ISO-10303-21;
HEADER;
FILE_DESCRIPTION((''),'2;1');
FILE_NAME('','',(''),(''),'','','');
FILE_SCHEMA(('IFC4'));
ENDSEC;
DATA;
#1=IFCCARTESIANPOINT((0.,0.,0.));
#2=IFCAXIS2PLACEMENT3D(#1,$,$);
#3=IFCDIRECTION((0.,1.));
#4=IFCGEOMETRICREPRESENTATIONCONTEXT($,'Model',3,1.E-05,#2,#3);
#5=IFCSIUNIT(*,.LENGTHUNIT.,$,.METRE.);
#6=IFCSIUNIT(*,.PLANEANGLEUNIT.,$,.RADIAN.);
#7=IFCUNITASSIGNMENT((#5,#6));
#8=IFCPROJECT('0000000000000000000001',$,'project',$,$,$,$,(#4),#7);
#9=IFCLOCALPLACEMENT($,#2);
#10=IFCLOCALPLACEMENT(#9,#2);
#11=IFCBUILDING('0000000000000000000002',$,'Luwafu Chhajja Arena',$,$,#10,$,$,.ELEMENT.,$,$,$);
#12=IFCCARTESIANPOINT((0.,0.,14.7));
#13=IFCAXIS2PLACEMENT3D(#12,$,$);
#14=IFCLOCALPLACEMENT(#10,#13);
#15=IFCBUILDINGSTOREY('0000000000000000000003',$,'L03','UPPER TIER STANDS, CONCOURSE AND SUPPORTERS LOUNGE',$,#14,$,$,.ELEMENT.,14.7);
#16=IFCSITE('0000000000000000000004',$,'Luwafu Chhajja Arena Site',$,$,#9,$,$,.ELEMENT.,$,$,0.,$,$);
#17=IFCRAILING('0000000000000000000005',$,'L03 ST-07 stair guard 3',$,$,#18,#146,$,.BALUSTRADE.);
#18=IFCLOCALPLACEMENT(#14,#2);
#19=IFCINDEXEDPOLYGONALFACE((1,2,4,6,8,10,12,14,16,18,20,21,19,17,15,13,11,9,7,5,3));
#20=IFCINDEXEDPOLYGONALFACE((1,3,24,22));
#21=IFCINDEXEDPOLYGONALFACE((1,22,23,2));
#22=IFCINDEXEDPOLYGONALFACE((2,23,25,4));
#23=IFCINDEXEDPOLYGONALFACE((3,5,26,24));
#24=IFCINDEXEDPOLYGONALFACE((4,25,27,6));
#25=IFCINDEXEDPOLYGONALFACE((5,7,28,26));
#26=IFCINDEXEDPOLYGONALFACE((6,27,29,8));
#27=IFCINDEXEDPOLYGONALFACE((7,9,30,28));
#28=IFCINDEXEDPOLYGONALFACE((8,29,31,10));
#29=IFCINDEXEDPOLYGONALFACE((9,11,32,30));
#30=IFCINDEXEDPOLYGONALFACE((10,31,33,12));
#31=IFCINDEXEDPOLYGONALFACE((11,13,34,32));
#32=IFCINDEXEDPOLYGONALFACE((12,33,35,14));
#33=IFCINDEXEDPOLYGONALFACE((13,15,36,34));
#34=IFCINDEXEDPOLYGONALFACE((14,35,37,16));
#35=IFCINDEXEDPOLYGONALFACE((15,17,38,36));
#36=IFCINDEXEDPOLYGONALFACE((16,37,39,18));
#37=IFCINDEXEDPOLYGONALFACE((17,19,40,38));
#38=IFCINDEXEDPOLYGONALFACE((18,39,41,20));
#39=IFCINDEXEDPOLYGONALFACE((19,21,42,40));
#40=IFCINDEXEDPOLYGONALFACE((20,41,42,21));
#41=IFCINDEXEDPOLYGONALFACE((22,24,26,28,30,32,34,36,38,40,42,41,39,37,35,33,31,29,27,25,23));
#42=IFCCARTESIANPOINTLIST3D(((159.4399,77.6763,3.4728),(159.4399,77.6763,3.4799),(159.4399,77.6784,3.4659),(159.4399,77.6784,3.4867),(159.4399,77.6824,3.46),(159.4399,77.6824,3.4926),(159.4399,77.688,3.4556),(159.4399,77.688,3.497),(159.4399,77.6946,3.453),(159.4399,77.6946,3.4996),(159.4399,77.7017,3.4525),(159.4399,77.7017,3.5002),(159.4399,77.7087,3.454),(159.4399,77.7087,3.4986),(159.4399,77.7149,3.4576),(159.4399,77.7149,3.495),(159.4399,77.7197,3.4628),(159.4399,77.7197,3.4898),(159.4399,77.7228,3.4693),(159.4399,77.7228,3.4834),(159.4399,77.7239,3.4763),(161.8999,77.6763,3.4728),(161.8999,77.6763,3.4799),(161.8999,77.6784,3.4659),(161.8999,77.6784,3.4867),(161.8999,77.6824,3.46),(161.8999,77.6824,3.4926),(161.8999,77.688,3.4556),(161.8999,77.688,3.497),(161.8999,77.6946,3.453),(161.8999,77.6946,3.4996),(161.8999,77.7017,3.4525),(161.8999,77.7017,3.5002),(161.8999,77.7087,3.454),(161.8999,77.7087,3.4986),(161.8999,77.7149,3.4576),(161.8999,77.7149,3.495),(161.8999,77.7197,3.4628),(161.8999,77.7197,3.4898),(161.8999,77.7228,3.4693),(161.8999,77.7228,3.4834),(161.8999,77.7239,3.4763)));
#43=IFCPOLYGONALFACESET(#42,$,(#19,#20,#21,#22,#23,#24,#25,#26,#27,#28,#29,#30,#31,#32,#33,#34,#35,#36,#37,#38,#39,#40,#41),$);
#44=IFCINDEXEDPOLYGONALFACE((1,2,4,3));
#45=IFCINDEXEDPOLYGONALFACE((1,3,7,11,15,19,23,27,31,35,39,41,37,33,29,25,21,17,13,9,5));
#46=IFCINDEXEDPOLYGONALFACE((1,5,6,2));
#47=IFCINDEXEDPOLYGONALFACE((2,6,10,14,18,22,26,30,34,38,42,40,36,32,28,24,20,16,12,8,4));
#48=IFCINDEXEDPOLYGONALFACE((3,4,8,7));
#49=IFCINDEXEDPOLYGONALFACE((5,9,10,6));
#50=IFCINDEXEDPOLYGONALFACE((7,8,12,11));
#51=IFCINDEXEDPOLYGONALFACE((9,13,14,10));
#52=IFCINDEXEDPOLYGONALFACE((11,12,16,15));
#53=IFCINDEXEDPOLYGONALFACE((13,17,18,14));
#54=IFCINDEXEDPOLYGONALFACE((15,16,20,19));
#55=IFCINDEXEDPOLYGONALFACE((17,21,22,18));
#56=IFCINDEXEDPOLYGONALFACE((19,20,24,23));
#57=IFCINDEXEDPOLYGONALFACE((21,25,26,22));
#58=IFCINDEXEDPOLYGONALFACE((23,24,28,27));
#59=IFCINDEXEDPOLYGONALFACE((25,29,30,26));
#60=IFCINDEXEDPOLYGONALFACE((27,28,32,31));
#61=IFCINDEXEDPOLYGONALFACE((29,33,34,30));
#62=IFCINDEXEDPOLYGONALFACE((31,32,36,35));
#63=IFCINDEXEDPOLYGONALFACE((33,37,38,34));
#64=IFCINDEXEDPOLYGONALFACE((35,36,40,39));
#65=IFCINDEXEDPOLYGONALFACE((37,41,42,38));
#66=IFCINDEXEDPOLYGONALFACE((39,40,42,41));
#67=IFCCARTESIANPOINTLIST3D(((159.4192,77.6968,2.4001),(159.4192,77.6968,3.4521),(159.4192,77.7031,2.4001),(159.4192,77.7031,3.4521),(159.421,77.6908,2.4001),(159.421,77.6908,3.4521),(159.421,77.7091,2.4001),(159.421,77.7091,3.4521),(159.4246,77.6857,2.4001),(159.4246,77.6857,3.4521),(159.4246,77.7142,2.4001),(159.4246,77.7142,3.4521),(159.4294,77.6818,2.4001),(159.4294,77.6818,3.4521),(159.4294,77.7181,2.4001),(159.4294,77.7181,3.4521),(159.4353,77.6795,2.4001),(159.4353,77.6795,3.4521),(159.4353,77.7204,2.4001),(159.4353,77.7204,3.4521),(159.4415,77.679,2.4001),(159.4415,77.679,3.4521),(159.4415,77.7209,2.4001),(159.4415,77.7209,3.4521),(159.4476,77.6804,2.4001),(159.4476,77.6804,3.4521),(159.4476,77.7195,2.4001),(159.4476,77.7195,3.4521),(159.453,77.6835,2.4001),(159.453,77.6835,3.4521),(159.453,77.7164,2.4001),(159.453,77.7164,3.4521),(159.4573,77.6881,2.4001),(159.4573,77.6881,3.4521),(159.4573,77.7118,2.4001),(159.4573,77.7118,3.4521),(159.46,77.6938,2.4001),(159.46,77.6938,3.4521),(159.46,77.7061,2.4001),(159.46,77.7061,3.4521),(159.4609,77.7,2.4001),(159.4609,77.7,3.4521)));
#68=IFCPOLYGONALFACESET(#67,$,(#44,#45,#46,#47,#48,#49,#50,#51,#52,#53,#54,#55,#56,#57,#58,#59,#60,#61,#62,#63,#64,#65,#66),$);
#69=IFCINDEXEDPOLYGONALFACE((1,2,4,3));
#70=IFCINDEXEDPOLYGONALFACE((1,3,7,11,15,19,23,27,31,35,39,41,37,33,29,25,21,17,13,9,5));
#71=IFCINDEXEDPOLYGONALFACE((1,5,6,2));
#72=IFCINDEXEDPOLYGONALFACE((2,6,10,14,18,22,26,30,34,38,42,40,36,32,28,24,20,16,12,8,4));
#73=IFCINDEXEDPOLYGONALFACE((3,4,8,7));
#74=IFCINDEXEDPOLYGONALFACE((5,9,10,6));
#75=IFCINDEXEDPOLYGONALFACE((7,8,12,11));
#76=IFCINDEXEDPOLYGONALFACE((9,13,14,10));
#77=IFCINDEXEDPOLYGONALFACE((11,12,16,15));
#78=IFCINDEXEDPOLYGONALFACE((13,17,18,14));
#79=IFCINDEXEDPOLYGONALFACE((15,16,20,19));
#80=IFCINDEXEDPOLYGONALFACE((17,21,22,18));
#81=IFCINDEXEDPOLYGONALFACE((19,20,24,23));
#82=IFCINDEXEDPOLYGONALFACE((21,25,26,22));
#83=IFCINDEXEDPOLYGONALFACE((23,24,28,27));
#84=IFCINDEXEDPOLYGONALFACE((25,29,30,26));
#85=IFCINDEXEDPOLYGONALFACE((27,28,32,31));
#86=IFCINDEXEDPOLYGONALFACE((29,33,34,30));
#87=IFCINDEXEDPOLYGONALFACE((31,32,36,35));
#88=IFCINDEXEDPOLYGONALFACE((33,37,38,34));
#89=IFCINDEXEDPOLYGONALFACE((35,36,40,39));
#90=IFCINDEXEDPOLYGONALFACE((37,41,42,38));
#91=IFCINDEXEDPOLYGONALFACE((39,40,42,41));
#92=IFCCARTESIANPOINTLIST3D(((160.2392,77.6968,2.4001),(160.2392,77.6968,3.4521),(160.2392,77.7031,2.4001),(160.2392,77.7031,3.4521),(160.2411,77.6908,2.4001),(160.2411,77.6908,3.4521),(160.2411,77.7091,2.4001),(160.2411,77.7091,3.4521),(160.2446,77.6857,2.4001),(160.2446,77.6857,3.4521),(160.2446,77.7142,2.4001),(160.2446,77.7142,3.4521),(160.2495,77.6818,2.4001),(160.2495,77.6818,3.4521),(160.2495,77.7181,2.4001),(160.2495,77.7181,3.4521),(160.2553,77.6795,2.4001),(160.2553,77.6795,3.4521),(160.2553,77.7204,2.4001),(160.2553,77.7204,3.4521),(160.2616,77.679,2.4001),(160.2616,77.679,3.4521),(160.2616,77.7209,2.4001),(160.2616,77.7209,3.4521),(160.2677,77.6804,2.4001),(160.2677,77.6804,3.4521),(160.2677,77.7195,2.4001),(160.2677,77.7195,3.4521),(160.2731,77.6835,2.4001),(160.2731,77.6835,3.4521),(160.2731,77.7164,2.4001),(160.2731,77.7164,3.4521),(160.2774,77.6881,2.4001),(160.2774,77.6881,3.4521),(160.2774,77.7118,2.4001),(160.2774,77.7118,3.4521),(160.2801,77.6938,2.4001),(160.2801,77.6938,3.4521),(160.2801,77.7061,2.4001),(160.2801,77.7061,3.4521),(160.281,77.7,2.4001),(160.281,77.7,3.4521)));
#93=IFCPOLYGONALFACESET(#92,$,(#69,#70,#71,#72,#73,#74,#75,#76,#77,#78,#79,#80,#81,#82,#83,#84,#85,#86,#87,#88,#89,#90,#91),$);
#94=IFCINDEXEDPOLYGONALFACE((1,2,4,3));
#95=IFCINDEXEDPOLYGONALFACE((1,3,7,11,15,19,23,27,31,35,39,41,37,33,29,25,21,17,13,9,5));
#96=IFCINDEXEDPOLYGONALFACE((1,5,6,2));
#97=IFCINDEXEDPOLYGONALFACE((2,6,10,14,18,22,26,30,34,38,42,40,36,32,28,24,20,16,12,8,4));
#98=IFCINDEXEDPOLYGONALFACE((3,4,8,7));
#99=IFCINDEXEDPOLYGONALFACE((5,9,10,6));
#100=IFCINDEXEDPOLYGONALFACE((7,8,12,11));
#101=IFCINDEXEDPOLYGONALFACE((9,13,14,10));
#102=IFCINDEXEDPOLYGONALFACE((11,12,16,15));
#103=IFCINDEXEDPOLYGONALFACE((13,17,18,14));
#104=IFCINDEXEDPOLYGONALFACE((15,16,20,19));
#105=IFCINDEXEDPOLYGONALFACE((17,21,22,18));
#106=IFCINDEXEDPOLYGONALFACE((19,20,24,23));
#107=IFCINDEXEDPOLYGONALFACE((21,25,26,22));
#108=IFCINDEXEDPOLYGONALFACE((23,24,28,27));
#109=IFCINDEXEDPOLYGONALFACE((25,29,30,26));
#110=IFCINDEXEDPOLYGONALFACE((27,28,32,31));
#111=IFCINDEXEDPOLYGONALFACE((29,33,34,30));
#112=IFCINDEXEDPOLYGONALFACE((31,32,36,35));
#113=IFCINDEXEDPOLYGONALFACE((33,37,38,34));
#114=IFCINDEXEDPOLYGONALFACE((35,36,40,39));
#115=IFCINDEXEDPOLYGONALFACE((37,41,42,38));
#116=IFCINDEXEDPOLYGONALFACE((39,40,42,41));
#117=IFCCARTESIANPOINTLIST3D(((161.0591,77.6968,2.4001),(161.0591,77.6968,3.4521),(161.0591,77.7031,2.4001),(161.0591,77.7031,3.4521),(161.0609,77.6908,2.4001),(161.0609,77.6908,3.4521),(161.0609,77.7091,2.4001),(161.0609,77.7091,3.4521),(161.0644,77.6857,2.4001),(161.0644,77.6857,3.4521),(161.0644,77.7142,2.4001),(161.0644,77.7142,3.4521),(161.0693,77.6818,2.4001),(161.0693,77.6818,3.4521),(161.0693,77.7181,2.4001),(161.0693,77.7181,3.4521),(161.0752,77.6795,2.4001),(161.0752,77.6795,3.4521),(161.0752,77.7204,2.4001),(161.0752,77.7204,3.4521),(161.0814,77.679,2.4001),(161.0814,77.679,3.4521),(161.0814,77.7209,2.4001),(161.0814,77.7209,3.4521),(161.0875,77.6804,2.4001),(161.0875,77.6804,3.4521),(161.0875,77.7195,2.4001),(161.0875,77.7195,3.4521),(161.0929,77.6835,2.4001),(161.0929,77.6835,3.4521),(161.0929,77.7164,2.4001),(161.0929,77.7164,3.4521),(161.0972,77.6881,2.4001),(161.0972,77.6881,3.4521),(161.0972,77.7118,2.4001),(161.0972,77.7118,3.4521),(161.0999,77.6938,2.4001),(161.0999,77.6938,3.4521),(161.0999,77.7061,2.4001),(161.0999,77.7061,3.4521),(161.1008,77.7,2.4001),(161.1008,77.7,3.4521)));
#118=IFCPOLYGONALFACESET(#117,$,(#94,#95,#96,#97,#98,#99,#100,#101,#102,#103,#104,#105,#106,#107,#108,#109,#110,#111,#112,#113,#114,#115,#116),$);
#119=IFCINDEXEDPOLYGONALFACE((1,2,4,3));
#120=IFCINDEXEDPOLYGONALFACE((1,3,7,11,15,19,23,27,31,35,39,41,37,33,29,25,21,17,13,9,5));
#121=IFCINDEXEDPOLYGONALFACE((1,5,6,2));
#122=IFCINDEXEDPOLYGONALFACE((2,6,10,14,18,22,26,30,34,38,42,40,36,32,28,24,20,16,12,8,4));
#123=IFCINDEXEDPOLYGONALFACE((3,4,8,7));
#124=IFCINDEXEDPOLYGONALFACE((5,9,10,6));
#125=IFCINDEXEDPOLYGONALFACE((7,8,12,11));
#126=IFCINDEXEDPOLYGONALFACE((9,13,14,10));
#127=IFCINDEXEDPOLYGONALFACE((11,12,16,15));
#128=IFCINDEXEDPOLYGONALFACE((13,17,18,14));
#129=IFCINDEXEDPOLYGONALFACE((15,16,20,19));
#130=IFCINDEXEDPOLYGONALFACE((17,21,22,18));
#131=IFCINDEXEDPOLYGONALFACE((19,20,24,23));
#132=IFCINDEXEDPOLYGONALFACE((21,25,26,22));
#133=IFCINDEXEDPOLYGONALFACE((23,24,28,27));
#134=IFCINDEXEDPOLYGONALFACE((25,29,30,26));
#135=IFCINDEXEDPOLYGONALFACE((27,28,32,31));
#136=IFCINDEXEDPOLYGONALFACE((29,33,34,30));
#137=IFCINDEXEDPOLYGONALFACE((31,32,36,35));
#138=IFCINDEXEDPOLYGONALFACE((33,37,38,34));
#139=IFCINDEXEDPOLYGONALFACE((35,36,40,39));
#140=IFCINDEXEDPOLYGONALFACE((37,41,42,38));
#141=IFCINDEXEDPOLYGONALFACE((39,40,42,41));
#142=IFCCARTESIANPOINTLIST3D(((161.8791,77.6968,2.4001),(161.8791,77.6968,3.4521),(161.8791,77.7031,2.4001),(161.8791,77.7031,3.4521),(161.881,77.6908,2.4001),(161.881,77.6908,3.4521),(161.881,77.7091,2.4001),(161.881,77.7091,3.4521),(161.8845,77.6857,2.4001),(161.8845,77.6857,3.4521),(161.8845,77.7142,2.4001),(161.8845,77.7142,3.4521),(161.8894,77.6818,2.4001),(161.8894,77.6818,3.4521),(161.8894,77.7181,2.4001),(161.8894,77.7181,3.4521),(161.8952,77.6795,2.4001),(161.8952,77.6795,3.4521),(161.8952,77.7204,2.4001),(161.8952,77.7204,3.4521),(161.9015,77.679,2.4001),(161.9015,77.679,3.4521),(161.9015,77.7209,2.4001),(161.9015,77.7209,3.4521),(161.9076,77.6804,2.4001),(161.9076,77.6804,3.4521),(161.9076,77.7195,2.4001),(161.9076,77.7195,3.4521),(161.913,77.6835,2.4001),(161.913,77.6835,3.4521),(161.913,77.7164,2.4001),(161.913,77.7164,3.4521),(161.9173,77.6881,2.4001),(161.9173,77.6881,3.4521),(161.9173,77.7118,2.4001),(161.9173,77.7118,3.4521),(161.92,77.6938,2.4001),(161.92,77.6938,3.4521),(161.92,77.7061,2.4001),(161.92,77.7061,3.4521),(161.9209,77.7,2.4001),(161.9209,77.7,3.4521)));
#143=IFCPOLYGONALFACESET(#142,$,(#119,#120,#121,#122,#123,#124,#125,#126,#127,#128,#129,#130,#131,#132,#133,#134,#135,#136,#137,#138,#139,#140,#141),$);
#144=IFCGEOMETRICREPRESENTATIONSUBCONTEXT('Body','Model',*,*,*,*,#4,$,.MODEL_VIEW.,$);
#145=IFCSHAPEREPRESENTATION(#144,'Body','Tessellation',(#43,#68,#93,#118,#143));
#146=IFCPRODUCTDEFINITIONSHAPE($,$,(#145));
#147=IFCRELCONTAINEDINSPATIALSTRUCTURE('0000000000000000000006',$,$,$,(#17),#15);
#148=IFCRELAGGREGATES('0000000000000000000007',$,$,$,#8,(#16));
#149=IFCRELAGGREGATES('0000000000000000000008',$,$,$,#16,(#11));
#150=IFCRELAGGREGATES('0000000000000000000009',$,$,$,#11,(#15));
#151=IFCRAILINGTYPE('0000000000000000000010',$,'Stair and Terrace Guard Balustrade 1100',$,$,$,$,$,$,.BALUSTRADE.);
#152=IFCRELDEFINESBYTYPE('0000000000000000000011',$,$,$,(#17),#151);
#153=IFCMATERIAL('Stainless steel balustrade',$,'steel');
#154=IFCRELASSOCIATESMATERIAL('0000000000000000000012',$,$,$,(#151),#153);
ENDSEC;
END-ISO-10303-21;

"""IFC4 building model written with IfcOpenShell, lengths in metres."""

from ifc_helpers import new_model, si_unit, direction, frame, origin, origin_2d, place, context, subcontext, project, spatial, circle, extrude, material, type_object, element, save


model = new_model("IFC4")

# Units and contexts
model_context = context("Model", 3, precision=1e-05, world=origin(), true_north=direction((0.0, 1.0)))
body_context = subcontext(model_context, "Body", "Model", "MODEL_VIEW")
ifc_project = project(units=[si_unit("LENGTHUNIT", "METRE"), si_unit("PLANEANGLEUNIT", "RADIAN")], contexts=[model_context])

# Site, building, storey
site_placement = place(None, origin())
site = spatial("IfcSite", under=ifc_project, at=site_placement, Name="Luwafu Chhajja Arena Site", CompositionType="ELEMENT", RefElevation=0.0)
building_placement = place(site_placement, origin())
building = spatial("IfcBuilding", under=site, at=building_placement, Name="Luwafu Chhajja Arena", CompositionType="ELEMENT")
storey_placement = place(building_placement, frame((0.0, 0.0, 14.7)))
storey = spatial("IfcBuildingStorey", under=building, at=storey_placement, Name="L03", Description="UPPER TIER STANDS, CONCOURSE AND SUPPORTERS LOUNGE", CompositionType="ELEMENT", Elevation=14.7)

# Railing
ifc_material_1 = material(Name="Stainless steel balustrade", Category="steel")
railing_type_1 = type_object("IfcRailingType", Name="Stair and Terrace Guard Balustrade 1100", PredefinedType="BALUSTRADE", material=ifc_material_1)
for number, where, name in (
    (1, (159.4399, 77.7, 2.4001), "L03 ST-07 stair guard 3"),
):
    element("IfcRailing", number, at=place(storey_placement, frame(where)), inside=storey, type_object=railing_type_1, Name=name, PredefinedType="BALUSTRADE", context=body_context, shape_type="SweptSolid", body=[
        extrude(circle(Radius=0.0239, at=origin_2d()), frame((0.0, 0.0, 1.0762), z_axis=(1.0, 0.0, 0.0), x_axis=(0.0, 1.0, 0.0)), (0.0, 0.0, 1.0), 2.46),
        extrude(circle(Radius=0.021, at=origin_2d()), origin(), (0.0, 0.0, 1.0), 1.052),
        extrude(circle(Radius=0.021, at=origin_2d()), frame((0.8201, 0.0, 0.0)), (0.0, 0.0, 1.0), 1.052),
        extrude(circle(Radius=0.021, at=origin_2d()), frame((1.6399, 0.0, 0.0)), (0.0, 0.0, 1.0), 1.052),
        extrude(circle(Radius=0.021, at=origin_2d()), frame((2.46, 0.0, 0.0)), (0.0, 0.0, 1.0), 1.052),
    ])

save(model, "model.ifc")
